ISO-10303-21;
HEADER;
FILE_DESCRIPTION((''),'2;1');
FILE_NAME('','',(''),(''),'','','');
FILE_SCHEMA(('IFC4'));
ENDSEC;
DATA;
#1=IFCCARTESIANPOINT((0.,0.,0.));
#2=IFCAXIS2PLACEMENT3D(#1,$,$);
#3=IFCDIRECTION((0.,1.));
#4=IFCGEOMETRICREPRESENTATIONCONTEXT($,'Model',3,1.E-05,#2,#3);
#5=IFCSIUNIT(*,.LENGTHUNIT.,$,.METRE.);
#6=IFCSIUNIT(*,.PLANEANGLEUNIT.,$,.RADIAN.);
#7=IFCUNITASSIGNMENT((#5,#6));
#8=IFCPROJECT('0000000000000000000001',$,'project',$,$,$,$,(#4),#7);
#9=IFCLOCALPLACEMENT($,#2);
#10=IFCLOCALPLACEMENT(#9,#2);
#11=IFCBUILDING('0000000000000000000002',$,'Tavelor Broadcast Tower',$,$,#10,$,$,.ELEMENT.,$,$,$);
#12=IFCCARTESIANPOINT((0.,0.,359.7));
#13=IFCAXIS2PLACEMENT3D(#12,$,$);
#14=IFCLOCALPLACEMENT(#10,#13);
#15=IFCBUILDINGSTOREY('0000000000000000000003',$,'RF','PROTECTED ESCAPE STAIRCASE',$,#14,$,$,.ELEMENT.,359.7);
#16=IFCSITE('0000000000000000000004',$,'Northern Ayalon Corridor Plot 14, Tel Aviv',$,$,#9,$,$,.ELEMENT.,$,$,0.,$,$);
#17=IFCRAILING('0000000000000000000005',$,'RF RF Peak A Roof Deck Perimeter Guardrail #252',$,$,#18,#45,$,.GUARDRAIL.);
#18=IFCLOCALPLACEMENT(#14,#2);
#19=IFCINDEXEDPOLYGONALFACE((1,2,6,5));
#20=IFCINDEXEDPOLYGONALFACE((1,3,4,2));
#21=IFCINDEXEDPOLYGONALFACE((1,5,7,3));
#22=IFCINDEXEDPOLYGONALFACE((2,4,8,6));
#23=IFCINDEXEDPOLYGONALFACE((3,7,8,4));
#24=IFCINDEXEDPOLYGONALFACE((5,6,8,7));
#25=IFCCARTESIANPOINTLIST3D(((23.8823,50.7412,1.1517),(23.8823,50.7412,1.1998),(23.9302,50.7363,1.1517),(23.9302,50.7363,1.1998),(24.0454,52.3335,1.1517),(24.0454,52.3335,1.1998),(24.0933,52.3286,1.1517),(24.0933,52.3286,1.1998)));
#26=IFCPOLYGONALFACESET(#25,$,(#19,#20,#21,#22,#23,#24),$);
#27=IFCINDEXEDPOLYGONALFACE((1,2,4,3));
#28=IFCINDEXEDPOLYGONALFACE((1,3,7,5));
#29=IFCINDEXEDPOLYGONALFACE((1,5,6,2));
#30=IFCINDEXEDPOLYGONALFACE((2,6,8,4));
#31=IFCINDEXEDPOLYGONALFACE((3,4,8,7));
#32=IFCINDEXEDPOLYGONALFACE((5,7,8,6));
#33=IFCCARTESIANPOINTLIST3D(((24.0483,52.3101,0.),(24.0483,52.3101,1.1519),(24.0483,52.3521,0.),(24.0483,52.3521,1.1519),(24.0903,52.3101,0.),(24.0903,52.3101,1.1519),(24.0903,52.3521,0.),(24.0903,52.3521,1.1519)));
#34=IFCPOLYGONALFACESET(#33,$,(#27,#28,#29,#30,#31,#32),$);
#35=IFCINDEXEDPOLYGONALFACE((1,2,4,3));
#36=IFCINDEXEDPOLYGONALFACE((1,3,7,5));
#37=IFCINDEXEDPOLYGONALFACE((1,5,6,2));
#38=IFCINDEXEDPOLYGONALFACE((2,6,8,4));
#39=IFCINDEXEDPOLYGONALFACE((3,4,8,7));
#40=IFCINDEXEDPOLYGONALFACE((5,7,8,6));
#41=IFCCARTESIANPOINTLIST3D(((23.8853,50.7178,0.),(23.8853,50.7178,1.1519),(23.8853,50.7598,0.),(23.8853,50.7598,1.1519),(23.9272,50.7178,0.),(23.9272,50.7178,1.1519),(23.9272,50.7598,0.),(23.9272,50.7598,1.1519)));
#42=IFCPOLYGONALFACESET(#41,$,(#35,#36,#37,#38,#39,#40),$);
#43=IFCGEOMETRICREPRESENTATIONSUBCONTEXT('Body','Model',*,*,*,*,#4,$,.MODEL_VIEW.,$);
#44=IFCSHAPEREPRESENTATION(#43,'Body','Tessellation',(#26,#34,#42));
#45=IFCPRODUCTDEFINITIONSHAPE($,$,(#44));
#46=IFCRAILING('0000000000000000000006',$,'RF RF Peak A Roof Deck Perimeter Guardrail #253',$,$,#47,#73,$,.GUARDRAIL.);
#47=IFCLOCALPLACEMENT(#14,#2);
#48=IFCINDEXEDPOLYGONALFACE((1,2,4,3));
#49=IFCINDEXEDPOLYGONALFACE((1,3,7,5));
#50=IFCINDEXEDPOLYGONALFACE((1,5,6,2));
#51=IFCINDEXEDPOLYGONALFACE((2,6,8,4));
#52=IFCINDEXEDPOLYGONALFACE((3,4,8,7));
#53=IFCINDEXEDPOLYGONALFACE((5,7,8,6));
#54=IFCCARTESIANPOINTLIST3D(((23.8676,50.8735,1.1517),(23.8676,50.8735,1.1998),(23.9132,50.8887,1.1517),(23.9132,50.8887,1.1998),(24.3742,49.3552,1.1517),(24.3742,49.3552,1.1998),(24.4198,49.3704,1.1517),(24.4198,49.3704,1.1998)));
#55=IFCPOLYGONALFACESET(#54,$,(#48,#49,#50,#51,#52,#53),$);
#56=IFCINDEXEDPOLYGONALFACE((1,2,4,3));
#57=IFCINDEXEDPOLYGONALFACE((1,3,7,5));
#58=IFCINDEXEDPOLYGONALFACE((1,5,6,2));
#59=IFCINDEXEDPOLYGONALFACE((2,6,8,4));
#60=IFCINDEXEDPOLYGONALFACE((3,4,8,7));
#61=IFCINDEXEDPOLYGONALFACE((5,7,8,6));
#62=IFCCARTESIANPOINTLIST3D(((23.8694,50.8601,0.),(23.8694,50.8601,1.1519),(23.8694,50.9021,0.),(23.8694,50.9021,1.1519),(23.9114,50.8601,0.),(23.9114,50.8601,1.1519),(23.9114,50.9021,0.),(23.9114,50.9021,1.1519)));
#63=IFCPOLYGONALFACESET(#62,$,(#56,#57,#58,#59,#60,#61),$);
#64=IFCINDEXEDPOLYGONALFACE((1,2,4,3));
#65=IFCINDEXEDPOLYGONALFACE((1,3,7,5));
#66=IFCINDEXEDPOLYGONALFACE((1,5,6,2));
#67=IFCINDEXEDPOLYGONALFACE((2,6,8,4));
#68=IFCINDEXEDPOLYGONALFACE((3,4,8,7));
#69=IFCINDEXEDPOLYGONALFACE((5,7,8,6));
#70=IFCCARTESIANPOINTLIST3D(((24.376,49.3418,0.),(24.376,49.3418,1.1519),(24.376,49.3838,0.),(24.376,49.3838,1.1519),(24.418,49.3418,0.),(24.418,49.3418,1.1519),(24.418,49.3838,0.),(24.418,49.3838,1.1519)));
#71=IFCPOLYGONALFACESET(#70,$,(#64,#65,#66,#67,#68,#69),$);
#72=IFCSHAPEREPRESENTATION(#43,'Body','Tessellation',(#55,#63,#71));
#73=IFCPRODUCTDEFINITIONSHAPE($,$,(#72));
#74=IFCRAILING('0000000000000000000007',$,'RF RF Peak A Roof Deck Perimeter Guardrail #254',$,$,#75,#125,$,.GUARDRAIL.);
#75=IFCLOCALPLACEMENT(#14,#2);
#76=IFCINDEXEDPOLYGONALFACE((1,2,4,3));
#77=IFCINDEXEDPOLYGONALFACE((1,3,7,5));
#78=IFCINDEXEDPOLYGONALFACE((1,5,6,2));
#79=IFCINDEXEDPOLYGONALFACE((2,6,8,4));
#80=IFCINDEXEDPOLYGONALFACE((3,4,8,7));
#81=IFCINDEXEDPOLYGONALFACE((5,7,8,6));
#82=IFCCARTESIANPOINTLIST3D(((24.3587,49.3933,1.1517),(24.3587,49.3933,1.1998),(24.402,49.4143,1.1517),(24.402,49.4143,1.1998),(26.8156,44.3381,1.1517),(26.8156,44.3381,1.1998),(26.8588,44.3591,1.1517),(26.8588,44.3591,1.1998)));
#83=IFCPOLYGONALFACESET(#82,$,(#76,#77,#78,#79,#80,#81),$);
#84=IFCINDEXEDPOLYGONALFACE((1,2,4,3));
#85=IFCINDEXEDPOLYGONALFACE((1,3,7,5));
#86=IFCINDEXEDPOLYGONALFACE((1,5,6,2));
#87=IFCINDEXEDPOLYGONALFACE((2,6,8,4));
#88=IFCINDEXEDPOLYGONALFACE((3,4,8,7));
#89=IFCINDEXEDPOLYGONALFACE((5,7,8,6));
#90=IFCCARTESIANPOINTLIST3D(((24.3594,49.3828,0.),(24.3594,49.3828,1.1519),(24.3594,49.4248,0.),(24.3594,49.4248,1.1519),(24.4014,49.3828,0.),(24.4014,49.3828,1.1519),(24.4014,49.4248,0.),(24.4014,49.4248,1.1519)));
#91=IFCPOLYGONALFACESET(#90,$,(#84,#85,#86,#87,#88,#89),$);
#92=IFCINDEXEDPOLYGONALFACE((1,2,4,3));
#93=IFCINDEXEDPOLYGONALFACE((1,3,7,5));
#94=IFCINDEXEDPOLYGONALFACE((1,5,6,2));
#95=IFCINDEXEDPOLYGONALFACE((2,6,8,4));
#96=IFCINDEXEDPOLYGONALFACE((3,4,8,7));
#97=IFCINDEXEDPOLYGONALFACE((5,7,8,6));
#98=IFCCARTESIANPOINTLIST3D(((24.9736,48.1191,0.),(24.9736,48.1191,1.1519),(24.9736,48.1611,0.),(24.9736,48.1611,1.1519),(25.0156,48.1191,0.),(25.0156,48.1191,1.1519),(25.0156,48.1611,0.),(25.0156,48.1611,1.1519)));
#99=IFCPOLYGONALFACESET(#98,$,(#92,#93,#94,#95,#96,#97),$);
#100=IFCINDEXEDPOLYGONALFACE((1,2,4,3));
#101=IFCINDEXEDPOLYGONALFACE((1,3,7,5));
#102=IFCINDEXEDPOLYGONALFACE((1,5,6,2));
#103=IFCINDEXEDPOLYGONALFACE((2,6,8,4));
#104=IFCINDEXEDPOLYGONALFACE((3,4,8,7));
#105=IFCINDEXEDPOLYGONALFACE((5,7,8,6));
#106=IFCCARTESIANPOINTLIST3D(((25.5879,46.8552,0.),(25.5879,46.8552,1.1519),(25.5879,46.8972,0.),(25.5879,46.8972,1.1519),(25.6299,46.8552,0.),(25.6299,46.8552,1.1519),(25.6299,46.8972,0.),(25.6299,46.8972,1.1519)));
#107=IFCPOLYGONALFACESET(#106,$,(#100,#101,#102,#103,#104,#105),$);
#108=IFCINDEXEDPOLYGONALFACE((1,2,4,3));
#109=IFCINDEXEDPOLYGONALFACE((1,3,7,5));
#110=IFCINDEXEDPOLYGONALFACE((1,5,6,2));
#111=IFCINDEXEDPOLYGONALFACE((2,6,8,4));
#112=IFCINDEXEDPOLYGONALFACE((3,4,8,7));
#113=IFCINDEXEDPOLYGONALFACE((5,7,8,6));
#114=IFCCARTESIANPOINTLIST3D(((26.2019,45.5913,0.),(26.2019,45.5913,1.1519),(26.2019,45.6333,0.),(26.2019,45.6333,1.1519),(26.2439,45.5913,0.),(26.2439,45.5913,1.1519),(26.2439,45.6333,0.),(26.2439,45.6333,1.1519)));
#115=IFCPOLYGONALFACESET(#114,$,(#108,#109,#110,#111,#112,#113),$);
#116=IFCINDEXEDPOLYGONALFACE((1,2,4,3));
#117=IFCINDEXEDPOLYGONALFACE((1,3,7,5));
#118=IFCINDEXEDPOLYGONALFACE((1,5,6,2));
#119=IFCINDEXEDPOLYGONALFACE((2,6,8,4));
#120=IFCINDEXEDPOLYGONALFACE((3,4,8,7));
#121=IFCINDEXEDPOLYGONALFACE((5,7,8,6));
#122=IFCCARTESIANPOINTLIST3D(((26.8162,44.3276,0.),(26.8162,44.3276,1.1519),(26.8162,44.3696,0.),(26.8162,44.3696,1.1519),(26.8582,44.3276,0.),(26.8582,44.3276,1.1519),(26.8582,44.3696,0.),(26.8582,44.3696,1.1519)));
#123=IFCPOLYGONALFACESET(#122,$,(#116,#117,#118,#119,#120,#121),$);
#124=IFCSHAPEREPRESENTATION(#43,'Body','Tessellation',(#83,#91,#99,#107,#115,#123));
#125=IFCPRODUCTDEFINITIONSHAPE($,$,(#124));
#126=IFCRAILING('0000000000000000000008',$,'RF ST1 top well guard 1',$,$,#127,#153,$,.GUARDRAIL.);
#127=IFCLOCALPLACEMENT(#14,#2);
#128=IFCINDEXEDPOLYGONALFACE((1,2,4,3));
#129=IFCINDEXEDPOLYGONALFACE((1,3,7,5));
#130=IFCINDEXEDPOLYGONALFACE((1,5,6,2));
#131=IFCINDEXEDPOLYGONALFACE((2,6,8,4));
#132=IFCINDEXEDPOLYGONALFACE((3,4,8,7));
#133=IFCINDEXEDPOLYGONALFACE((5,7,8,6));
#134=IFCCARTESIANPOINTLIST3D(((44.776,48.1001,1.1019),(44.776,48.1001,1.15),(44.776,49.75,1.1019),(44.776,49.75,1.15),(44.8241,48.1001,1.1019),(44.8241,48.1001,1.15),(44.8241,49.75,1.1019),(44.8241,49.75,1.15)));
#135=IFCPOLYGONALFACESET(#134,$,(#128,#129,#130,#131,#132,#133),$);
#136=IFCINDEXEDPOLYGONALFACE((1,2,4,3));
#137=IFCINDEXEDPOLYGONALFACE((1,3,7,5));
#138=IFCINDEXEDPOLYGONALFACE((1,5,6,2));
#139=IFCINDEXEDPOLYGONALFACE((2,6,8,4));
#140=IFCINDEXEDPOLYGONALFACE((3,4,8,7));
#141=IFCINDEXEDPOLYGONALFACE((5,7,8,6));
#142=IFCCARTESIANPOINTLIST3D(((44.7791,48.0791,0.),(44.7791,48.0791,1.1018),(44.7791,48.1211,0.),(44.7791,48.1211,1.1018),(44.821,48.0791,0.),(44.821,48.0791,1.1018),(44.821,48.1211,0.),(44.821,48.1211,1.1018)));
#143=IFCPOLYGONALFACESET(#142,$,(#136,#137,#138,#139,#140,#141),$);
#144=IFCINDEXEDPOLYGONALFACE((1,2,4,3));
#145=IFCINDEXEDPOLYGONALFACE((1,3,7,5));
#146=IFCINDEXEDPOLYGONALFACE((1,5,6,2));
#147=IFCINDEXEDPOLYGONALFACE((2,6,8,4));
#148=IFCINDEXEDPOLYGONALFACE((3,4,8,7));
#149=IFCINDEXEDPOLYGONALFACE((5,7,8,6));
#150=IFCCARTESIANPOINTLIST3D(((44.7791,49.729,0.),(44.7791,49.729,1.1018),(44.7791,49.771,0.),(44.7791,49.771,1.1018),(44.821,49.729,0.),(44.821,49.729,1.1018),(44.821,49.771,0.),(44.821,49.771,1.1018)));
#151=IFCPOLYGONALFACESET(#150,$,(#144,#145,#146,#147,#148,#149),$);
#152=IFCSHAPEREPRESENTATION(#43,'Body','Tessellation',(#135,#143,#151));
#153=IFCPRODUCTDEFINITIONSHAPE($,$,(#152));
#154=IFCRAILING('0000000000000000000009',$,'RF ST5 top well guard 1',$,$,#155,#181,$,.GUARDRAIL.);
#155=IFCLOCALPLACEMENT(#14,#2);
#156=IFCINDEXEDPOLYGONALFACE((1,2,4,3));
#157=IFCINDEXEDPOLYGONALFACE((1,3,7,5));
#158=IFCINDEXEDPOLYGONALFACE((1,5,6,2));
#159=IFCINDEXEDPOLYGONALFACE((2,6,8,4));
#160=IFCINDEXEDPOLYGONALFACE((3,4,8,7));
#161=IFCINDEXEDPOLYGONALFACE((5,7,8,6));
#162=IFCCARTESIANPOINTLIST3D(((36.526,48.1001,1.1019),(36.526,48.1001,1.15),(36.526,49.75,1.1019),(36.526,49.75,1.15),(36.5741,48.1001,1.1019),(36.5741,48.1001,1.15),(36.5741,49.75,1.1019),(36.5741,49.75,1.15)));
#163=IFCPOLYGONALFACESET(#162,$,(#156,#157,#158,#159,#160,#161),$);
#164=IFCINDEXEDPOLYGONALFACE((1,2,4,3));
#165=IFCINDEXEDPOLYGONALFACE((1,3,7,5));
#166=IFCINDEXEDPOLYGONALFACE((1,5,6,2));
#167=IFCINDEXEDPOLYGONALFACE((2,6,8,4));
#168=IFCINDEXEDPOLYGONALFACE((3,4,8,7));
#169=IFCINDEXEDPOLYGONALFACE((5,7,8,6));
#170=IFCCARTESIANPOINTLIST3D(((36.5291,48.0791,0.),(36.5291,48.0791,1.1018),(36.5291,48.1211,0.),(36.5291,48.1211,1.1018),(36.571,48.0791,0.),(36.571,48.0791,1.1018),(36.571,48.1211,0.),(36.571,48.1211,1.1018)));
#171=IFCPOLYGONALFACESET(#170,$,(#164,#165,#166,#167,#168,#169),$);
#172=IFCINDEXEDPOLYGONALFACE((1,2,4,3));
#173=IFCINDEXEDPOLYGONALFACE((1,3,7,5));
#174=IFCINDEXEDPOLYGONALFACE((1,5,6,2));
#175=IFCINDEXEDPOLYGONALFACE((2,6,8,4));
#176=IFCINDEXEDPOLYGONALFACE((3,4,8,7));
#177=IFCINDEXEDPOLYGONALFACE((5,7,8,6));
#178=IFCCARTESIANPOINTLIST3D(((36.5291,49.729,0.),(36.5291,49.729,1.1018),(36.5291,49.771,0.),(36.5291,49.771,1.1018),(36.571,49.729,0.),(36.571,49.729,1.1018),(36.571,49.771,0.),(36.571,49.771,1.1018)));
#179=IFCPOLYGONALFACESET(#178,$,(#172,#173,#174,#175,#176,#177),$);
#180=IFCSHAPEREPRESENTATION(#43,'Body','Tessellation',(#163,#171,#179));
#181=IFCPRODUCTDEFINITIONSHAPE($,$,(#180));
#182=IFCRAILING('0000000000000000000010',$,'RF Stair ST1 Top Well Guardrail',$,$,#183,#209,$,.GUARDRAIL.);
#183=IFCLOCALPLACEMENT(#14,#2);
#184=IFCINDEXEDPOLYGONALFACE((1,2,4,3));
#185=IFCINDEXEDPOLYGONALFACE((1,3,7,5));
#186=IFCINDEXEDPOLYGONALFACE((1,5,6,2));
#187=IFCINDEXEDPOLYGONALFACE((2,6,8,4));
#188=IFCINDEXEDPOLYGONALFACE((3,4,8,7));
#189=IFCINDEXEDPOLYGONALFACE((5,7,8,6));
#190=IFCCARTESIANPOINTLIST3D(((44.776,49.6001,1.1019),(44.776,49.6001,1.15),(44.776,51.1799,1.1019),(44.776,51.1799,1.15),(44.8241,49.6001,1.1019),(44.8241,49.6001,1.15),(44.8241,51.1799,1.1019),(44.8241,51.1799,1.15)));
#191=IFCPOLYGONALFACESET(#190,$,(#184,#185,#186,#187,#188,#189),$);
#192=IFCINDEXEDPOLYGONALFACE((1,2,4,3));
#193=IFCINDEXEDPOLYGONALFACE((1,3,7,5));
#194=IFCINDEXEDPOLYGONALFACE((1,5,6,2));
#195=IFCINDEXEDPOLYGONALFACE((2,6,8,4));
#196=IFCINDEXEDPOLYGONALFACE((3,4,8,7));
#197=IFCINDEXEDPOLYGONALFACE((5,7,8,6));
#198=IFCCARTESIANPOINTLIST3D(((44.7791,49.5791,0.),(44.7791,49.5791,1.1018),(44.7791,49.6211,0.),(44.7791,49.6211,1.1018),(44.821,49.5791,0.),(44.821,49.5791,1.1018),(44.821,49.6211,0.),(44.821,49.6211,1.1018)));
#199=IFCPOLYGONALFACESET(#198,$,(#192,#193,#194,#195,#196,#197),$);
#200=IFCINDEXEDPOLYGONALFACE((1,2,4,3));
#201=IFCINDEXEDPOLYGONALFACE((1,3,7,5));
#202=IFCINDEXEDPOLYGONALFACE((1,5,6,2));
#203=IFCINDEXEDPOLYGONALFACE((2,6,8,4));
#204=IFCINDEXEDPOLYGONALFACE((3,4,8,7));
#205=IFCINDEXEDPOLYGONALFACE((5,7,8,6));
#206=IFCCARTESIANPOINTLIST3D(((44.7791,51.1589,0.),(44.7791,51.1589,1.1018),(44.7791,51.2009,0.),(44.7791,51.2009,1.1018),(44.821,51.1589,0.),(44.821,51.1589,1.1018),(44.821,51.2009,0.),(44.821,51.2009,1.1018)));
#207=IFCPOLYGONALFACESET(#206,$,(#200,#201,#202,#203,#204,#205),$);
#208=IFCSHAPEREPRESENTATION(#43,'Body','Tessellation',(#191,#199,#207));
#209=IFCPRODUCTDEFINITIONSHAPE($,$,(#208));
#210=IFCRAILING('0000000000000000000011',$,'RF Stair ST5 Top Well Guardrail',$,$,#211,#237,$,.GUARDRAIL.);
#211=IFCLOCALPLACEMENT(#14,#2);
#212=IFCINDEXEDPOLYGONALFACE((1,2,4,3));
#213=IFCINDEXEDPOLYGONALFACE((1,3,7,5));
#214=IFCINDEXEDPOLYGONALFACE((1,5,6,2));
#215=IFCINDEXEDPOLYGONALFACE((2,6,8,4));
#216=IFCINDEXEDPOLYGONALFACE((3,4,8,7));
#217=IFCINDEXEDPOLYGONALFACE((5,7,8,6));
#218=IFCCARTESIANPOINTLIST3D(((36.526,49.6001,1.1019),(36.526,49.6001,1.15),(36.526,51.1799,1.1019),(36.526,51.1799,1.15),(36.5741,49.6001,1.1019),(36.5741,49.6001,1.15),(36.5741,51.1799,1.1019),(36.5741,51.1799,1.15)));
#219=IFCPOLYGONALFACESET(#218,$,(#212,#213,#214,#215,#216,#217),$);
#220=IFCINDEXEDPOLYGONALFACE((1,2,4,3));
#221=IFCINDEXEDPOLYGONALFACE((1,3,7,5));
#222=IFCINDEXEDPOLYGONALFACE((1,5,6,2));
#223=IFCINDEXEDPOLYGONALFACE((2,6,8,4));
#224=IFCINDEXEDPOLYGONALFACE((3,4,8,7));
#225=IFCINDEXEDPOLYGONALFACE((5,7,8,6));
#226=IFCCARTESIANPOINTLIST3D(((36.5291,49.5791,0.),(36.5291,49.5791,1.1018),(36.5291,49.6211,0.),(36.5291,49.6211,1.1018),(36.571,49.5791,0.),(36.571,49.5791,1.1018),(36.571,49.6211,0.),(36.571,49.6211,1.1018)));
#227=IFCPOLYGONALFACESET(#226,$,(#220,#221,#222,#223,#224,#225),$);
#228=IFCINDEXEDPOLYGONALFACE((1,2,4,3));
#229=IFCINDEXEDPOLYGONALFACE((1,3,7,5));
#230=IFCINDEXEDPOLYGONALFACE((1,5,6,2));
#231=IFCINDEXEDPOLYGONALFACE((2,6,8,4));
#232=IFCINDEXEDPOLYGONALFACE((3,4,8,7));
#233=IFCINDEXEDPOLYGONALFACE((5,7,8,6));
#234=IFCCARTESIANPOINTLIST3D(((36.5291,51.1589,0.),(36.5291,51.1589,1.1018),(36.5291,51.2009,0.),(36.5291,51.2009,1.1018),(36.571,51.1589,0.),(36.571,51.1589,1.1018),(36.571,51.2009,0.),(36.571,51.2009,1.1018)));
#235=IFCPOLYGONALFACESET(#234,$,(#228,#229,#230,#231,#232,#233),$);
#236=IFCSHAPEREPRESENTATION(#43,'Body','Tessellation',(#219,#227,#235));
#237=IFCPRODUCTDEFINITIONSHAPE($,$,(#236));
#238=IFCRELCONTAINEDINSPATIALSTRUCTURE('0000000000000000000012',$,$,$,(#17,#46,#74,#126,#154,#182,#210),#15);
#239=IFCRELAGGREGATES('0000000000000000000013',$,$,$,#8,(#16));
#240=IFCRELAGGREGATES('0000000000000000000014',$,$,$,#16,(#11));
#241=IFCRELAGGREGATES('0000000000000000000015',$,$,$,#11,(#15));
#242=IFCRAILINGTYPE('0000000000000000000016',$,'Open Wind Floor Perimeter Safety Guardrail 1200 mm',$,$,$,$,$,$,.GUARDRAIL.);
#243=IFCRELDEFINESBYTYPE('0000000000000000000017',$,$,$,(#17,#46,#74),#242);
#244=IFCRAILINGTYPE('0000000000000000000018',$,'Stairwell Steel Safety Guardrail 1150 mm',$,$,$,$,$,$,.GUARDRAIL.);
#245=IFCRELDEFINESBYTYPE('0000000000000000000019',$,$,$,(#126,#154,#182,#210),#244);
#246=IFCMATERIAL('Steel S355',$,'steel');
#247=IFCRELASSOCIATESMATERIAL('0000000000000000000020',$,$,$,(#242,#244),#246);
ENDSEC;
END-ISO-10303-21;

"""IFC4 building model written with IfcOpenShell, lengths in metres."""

from ifc_helpers import new_model, si_unit, direction, frame, origin, origin_2d, place, context, subcontext, project, spatial, rectangle, extrude, material, type_object, element, save


model = new_model("IFC4")

# Units and contexts
model_context = context("Model", 3, precision=1e-05, world=origin(), true_north=direction((0.0, 1.0)))
body_context = subcontext(model_context, "Body", "Model", "MODEL_VIEW")
ifc_project = project(units=[si_unit("LENGTHUNIT", "METRE"), si_unit("PLANEANGLEUNIT", "RADIAN")], contexts=[model_context])

# Site, building, storey
site_placement = place(None, origin())
site = spatial("IfcSite", under=ifc_project, at=site_placement, Name="Northern Ayalon Corridor Plot 14, Tel Aviv", CompositionType="ELEMENT", RefElevation=0.0)
building_placement = place(site_placement, origin())
building = spatial("IfcBuilding", under=site, at=building_placement, Name="Tavelor Broadcast Tower", CompositionType="ELEMENT")
storey_placement = place(building_placement, frame((0.0, 0.0, 359.7)))
storey = spatial("IfcBuildingStorey", under=building, at=storey_placement, Name="RF", Description="PROTECTED ESCAPE STAIRCASE", CompositionType="ELEMENT", Elevation=359.7)

# Shared definitions
ifc_material_1 = material(Name="Steel S355", Category="steel")

# Railings
railing_type_1 = type_object("IfcRailingType", Name="Open Wind Floor Perimeter Safety Guardrail 1200 mm", PredefinedType="GUARDRAIL", material=ifc_material_1)
railing_1_placement = place(storey_placement, frame((24.0693, 52.3311, 0.0)))
element("IfcRailing", 1, at=railing_1_placement, inside=storey, type_object=railing_type_1, Name="RF RF Peak A Roof Deck Perimeter Guardrail #252", PredefinedType="GUARDRAIL", context=body_context, shape_type="SweptSolid", body=[
    extrude(rectangle(XDim=0.0481, YDim=0.0481, at=origin_2d()), frame((0.0, 0.0, 1.1758), z_axis=(-0.10189, -0.994796, 0.0), x_axis=(0.994796, -0.10189, 0.0)), (0.0, 0.0, 1.0), 1.6006),
    extrude(rectangle(XDim=0.042, YDim=0.042, at=origin_2d()), origin(), (0.0, 0.0, 1.0), 1.1519),
    extrude(rectangle(XDim=0.042, YDim=0.042, at=origin_2d()), frame((-0.1631, -1.5923, 0.0)), (0.0, 0.0, 1.0), 1.1519),
])
railing_2_placement = place(storey_placement, frame((23.8904, 50.8811, 0.0)))
element("IfcRailing", 2, at=railing_2_placement, inside=storey, type_object=railing_type_1, Name="RF RF Peak A Roof Deck Perimeter Guardrail #253", PredefinedType="GUARDRAIL", context=body_context, shape_type="SweptSolid", body=[
    extrude(rectangle(XDim=0.0481, YDim=0.0481, at=origin_2d()), frame((0.0, 0.0, 1.1758), z_axis=(0.316502, -0.948592, 0.0), x_axis=(0.948592, 0.316502, 0.0)), (0.0, 0.0, 1.0), 1.6006),
    extrude(rectangle(XDim=0.042, YDim=0.042, at=origin_2d()), origin(), (0.0, 0.0, 1.0), 1.1519),
    extrude(rectangle(XDim=0.042, YDim=0.042, at=origin_2d()), frame((0.5066, -1.5183, 0.0)), (0.0, 0.0, 1.0), 1.1519),
])
railing_3_placement = place(storey_placement, frame((24.3804, 49.4038, 0.0)))
element("IfcRailing", 3, at=railing_3_placement, inside=storey, type_object=railing_type_1, Name="RF RF Peak A Roof Deck Perimeter Guardrail #254", PredefinedType="GUARDRAIL", context=body_context, shape_type="SweptSolid", body=[
    extrude(rectangle(XDim=0.0481, YDim=0.0481, at=origin_2d()), frame((0.0, 0.0, 1.1758), z_axis=(0.437108, -0.899409, 0.0), x_axis=(0.899409, 0.437108, 0.0)), (0.0, 0.0, 1.0), 5.6206),
    extrude(rectangle(XDim=0.042, YDim=0.042, at=origin_2d()), origin(), (0.0, 0.0, 1.0), 1.1519),
    extrude(rectangle(XDim=0.042, YDim=0.042, at=origin_2d()), frame((0.6143, -1.2637, 0.0)), (0.0, 0.0, 1.0), 1.1519),
    extrude(rectangle(XDim=0.042, YDim=0.042, at=origin_2d()), frame((1.2285, -2.5276, 0.0)), (0.0, 0.0, 1.0), 1.1519),
    extrude(rectangle(XDim=0.042, YDim=0.042, at=origin_2d()), frame((1.8425, -3.7915, 0.0)), (0.0, 0.0, 1.0), 1.1519),
    extrude(rectangle(XDim=0.042, YDim=0.042, at=origin_2d()), frame((2.4568, -5.0552, 0.0)), (0.0, 0.0, 1.0), 1.1519),
])
railing_type_2 = type_object("IfcRailingType", Name="Stairwell Steel Safety Guardrail 1150 mm", PredefinedType="GUARDRAIL", material=ifc_material_1)
for number, where, name in (
    (4, (44.8, 48.1001, 0.0), "RF ST1 top well guard 1"),
    (5, (36.55, 48.1001, 0.0), "RF ST5 top well guard 1"),
):
    element("IfcRailing", number, at=place(storey_placement, frame(where)), inside=storey, type_object=railing_type_2, Name=name, PredefinedType="GUARDRAIL", context=body_context, shape_type="SweptSolid", body=[
        extrude(rectangle(XDim=0.0481, YDim=0.0481, at=origin_2d()), frame((0.0, 0.0, 1.126), z_axis=(0.0, 1.0, 0.0), x_axis=(-1.0, 0.0, 0.0)), (0.0, 0.0, 1.0), 1.6499),
        extrude(rectangle(XDim=0.042, YDim=0.042, at=origin_2d()), origin(), (0.0, 0.0, 1.0), 1.1018),
        extrude(rectangle(XDim=0.042, YDim=0.042, at=origin_2d()), frame((0.0, 1.6499, 0.0)), (0.0, 0.0, 1.0), 1.1018),
    ])
for number, where, name in (
    (6, (44.8, 49.6001, 0.0), "RF Stair ST1 Top Well Guardrail"),
    (7, (36.55, 49.6001, 0.0), "RF Stair ST5 Top Well Guardrail"),
):
    element("IfcRailing", number, at=place(storey_placement, frame(where)), inside=storey, type_object=railing_type_2, Name=name, PredefinedType="GUARDRAIL", context=body_context, shape_type="SweptSolid", body=[
        extrude(rectangle(XDim=0.0481, YDim=0.0481, at=origin_2d()), frame((0.0, 0.0, 1.126), z_axis=(0.0, 1.0, 0.0), x_axis=(-1.0, 0.0, 0.0)), (0.0, 0.0, 1.0), 1.5798),
        extrude(rectangle(XDim=0.042, YDim=0.042, at=origin_2d()), origin(), (0.0, 0.0, 1.0), 1.1018),
        extrude(rectangle(XDim=0.042, YDim=0.042, at=origin_2d()), frame((0.0, 1.5798, 0.0)), (0.0, 0.0, 1.0), 1.1018),
    ])

save(model, "model.ifc")
